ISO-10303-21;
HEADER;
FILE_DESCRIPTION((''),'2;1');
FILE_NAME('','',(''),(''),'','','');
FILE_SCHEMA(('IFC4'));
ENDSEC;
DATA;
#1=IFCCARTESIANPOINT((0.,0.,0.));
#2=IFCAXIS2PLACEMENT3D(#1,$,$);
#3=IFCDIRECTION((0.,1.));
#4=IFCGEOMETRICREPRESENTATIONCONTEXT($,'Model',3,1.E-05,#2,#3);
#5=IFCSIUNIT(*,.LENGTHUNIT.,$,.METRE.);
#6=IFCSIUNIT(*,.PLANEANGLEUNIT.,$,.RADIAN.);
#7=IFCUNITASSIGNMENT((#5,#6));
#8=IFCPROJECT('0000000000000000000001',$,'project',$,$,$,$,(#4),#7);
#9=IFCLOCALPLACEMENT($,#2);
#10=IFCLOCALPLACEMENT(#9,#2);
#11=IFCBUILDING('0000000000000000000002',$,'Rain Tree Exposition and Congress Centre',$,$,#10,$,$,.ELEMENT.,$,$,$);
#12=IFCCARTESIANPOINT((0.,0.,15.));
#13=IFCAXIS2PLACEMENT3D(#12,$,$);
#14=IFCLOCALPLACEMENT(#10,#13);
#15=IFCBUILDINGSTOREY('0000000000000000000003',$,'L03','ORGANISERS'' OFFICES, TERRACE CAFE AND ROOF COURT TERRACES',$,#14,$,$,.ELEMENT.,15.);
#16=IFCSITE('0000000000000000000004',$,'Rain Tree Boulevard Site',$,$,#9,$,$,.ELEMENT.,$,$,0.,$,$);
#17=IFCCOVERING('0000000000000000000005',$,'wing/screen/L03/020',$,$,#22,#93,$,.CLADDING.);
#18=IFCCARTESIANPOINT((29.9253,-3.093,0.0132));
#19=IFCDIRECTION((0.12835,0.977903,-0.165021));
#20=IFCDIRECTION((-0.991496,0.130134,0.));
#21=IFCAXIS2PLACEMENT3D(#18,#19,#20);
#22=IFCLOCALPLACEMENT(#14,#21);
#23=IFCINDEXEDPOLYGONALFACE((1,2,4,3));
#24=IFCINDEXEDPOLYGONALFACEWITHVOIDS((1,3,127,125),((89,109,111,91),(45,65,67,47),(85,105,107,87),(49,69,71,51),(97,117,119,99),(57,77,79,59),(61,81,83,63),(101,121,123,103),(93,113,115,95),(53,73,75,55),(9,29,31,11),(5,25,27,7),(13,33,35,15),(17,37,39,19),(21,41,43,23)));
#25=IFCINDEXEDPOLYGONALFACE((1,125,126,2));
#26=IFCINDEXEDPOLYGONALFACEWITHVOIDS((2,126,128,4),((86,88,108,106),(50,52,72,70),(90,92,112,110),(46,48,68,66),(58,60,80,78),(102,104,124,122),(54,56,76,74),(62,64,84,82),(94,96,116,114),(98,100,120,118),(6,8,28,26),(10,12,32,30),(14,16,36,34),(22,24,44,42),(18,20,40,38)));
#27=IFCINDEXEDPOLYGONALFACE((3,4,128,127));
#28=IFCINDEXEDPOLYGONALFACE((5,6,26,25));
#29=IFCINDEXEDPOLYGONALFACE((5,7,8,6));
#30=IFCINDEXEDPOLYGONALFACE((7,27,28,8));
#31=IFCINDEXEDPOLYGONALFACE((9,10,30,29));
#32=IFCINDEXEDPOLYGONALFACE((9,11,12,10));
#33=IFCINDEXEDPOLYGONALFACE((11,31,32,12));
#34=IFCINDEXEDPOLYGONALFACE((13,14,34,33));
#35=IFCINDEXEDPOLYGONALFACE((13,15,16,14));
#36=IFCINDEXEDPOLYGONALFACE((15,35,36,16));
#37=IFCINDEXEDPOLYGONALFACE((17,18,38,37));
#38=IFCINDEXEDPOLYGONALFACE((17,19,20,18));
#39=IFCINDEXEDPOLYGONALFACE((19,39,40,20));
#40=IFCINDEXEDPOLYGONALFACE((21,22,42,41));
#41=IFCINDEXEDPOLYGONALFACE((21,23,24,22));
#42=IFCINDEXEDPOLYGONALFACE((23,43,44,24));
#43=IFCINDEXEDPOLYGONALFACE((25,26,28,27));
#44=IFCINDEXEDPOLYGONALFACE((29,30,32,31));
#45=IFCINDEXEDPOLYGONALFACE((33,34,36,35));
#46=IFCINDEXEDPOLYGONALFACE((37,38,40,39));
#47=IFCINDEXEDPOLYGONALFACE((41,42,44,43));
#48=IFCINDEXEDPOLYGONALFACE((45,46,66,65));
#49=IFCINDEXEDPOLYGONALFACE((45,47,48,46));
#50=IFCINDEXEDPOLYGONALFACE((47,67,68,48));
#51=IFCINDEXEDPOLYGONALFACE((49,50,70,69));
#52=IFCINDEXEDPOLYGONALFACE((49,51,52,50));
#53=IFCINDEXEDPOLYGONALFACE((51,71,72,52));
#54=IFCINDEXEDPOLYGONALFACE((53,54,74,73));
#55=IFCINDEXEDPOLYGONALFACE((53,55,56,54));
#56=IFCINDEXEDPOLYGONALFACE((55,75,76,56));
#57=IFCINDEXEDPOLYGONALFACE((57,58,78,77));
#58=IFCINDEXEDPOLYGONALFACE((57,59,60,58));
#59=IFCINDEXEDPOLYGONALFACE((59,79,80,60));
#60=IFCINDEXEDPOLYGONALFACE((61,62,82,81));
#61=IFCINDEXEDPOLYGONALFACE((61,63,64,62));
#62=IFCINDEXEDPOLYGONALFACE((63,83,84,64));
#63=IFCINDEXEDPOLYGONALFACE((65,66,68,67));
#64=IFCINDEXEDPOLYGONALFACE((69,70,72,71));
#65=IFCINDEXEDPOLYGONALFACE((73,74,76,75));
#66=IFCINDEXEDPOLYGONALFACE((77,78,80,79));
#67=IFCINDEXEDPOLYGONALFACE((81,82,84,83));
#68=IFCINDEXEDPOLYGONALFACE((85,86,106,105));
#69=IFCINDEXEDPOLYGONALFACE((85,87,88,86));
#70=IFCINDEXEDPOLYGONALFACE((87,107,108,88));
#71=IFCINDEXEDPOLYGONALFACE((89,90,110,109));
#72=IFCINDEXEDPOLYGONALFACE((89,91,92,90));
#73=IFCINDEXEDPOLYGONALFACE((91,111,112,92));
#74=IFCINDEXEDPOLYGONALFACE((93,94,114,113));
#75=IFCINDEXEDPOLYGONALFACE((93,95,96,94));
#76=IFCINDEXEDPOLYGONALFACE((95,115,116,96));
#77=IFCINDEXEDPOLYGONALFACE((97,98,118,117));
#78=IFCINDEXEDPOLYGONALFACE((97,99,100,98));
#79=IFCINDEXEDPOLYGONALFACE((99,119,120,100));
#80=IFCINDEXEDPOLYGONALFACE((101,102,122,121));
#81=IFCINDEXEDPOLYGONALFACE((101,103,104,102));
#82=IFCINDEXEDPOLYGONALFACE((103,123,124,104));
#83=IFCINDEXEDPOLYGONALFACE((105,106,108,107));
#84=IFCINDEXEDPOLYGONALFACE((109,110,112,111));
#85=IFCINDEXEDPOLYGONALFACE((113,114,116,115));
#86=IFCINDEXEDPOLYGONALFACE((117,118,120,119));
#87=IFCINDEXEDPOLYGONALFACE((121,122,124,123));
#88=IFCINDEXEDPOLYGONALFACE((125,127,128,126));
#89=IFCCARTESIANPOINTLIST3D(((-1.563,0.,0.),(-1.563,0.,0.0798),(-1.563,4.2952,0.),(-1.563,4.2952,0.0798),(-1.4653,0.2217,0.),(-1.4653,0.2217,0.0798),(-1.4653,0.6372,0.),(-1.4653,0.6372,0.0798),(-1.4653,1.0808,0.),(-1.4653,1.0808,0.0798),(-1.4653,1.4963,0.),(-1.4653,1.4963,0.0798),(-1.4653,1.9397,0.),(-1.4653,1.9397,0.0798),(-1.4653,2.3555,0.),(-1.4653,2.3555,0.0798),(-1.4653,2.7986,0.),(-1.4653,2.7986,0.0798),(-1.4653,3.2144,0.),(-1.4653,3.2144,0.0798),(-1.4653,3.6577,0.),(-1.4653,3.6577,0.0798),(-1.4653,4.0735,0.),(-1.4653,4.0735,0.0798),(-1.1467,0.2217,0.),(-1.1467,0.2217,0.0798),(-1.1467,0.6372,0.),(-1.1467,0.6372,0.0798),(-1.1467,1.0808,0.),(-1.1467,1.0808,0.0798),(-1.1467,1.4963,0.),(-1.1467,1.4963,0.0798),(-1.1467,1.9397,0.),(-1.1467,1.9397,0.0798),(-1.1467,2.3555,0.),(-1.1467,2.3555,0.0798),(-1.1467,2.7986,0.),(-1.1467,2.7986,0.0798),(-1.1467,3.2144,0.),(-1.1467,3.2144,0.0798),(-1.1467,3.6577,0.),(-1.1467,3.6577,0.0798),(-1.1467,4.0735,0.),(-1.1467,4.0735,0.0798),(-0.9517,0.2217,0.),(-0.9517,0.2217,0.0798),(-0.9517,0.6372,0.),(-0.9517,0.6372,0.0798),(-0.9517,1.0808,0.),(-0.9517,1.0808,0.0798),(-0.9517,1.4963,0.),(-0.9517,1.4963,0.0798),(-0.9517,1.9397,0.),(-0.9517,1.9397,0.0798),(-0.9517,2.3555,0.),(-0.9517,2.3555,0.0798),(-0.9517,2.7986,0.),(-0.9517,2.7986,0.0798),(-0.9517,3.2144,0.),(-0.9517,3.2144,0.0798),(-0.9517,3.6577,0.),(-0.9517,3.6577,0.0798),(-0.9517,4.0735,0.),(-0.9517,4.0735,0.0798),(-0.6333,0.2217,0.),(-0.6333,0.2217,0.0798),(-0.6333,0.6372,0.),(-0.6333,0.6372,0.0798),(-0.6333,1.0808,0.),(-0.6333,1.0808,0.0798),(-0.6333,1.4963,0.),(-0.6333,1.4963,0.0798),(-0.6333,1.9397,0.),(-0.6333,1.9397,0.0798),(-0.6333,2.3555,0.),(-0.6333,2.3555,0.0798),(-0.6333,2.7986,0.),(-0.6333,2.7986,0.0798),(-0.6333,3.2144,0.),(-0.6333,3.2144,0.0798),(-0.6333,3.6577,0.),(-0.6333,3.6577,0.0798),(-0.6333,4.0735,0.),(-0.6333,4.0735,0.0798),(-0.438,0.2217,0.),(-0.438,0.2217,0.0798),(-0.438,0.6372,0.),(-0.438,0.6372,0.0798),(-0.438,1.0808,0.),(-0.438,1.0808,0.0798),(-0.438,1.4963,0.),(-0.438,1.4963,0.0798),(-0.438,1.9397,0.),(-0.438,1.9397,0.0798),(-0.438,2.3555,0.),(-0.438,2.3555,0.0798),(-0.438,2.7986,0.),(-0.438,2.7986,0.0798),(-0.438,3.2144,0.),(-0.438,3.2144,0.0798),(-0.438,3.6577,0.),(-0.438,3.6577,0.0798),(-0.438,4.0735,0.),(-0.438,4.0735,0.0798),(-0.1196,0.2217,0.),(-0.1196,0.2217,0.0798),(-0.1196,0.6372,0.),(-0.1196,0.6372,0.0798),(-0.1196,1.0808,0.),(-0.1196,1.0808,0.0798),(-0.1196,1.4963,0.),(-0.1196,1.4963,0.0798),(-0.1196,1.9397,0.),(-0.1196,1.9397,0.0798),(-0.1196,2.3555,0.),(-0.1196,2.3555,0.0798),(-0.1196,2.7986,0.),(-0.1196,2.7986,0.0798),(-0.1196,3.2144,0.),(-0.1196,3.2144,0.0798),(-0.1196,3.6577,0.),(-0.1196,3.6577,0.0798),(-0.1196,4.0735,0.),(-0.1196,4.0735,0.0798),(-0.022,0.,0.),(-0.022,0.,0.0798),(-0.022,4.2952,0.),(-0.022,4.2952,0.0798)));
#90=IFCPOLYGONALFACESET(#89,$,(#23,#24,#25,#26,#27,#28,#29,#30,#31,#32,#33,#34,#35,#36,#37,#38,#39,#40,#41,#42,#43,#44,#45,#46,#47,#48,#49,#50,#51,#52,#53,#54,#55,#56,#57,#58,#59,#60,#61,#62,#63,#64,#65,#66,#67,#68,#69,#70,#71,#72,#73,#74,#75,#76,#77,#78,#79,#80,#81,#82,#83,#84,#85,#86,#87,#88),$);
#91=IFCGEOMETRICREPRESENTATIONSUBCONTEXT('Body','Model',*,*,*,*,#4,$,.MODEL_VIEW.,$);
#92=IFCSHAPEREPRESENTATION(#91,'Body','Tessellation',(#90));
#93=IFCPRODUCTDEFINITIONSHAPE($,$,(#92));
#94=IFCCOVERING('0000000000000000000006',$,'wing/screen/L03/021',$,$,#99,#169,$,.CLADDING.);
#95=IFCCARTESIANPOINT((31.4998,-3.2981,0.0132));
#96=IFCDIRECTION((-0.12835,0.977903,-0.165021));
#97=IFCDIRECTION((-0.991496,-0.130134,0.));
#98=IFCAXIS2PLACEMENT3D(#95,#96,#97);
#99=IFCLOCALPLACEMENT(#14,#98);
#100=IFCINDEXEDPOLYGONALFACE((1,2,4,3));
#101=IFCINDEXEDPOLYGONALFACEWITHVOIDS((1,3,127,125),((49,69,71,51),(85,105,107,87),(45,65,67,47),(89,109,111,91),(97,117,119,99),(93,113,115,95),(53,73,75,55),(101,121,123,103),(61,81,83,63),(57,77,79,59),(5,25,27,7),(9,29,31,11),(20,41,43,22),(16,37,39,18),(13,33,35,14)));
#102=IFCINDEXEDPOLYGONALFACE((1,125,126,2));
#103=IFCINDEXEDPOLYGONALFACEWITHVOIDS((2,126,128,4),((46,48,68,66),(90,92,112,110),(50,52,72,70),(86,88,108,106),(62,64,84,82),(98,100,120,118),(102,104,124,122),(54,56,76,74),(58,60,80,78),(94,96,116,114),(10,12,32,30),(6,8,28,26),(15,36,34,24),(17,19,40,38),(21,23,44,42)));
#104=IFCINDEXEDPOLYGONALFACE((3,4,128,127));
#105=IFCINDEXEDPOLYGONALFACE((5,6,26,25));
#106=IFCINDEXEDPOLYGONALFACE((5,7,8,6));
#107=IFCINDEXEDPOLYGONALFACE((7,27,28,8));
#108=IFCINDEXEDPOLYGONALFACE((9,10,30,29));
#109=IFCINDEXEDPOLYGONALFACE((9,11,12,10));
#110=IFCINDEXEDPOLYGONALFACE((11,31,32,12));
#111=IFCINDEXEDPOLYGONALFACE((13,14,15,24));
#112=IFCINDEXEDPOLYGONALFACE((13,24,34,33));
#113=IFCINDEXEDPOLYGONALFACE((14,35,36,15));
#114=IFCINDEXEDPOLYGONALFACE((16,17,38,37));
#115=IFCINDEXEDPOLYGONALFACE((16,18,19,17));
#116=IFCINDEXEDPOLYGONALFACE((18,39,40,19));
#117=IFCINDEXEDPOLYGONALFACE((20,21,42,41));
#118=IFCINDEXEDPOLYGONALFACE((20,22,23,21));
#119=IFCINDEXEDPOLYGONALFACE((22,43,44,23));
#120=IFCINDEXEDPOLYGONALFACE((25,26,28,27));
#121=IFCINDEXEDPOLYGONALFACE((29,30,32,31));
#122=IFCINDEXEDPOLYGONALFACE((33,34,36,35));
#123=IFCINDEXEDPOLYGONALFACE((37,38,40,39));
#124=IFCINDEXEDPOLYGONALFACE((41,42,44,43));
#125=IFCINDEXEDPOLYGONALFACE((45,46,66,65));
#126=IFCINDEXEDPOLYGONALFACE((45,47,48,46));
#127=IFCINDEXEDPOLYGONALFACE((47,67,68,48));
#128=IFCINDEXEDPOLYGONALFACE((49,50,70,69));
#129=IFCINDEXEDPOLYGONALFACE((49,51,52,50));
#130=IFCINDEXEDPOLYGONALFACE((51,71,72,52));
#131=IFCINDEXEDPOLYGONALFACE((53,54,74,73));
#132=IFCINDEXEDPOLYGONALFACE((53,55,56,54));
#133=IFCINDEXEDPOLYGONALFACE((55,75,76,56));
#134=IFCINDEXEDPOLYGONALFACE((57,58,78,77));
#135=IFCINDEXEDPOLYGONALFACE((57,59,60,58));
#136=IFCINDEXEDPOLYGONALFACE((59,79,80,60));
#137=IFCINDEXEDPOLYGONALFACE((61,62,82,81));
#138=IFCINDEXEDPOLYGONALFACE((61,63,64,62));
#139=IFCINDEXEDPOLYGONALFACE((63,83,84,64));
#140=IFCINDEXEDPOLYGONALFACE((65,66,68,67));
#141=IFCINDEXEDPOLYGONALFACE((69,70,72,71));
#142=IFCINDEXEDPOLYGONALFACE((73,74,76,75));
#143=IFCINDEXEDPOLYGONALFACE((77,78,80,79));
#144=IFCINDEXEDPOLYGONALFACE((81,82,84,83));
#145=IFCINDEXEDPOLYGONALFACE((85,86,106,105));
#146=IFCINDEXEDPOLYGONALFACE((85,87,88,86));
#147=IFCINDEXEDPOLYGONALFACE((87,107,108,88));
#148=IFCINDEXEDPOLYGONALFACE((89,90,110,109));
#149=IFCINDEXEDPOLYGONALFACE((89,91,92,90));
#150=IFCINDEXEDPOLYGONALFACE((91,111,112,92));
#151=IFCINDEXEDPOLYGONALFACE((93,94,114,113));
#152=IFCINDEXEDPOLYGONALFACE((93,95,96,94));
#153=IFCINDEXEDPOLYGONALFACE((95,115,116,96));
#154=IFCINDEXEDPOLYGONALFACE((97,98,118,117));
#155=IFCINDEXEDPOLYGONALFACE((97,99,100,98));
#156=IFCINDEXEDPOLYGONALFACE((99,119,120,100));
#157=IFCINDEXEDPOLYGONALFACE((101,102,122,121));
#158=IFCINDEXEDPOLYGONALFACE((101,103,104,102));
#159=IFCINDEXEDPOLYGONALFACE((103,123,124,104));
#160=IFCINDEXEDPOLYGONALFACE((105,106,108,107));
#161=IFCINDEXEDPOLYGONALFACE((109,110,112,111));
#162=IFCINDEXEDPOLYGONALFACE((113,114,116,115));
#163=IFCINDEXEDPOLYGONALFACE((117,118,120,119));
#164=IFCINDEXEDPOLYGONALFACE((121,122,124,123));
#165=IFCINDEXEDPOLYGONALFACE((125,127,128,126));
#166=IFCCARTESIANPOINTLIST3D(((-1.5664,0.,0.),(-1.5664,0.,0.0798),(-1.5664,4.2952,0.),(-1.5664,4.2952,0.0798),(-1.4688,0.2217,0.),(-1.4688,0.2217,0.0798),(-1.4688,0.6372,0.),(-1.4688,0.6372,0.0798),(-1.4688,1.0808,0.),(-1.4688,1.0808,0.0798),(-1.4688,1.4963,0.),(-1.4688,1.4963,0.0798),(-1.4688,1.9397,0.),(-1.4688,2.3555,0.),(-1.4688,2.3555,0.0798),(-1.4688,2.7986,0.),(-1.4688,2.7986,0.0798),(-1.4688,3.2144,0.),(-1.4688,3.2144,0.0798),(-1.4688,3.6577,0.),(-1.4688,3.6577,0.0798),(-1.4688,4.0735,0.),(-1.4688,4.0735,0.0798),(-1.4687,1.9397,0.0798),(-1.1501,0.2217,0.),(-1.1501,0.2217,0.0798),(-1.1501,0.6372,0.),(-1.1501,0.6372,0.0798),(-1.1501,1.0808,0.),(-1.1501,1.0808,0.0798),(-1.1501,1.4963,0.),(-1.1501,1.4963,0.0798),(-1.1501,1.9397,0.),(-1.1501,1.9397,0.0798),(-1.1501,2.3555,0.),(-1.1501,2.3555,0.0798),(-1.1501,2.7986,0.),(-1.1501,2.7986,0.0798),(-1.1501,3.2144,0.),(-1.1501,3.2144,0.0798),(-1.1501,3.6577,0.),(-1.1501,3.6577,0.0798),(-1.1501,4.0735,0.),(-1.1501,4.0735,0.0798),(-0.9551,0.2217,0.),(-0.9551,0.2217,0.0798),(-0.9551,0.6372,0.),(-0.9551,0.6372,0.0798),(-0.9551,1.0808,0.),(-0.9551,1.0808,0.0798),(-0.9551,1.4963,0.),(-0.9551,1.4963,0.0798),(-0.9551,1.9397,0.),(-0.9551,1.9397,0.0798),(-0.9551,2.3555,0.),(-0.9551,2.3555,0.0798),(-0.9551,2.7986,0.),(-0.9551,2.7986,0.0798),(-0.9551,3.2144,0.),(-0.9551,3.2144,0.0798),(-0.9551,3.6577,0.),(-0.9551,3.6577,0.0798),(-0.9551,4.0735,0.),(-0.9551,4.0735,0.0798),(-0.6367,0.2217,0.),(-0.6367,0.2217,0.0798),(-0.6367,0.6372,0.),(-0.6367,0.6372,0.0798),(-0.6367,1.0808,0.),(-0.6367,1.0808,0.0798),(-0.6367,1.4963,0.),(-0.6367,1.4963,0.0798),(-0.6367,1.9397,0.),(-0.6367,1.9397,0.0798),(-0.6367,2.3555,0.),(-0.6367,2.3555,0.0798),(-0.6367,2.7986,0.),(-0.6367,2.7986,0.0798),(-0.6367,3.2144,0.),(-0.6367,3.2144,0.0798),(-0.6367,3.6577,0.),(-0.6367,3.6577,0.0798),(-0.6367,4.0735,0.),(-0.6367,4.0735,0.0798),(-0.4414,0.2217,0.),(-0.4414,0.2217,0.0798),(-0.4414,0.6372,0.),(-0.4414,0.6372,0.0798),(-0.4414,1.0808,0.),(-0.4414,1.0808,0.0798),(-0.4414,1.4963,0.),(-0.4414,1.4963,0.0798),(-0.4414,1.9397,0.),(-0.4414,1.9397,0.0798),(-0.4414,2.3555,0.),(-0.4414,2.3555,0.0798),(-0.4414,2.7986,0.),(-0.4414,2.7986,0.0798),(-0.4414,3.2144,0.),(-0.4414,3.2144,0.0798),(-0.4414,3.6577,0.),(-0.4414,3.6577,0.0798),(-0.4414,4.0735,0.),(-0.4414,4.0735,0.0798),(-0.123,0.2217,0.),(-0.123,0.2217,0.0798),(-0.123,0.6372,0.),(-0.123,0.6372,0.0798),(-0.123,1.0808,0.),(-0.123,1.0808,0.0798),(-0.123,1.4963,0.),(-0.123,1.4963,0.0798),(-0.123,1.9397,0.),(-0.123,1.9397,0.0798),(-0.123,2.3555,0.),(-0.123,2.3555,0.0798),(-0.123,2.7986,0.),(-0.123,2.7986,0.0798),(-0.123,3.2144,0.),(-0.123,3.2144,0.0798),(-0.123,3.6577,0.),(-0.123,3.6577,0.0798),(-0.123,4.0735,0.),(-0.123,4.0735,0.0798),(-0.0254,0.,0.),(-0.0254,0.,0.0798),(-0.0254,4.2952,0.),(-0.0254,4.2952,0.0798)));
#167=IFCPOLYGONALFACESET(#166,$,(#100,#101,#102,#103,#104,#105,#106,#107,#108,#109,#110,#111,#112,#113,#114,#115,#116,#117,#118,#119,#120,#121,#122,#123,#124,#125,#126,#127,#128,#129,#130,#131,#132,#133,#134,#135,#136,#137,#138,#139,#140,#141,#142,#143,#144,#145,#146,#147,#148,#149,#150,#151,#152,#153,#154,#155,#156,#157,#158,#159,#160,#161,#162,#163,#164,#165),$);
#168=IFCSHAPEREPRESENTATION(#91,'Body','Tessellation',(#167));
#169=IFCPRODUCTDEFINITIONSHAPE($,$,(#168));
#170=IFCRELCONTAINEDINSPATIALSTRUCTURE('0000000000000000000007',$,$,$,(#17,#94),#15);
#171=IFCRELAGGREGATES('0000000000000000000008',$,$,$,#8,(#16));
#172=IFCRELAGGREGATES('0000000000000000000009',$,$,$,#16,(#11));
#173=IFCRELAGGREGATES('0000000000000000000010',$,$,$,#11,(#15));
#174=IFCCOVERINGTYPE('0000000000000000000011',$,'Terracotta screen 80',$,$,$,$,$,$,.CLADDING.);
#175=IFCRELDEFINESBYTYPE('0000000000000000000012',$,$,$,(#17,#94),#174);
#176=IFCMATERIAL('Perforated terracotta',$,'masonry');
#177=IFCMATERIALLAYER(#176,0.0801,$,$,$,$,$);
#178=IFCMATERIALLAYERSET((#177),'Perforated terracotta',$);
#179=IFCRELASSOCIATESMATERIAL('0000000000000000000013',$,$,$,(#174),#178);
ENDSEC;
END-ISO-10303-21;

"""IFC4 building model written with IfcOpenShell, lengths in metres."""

from ifc_helpers import new_model, si_unit, direction, frame, origin, place, context, subcontext, project, spatial, polyline, outline, extrude, material, layer, layer_set, type_object, element, save


model = new_model("IFC4")

# Units and contexts
model_context = context("Model", 3, precision=1e-05, world=origin(), true_north=direction((0.0, 1.0)))
body_context = subcontext(model_context, "Body", "Model", "MODEL_VIEW")
ifc_project = project(units=[si_unit("LENGTHUNIT", "METRE"), si_unit("PLANEANGLEUNIT", "RADIAN")], contexts=[model_context])

# Site, building, storey
site_placement = place(None, origin())
site = spatial("IfcSite", under=ifc_project, at=site_placement, Name="Rain Tree Boulevard Site", CompositionType="ELEMENT", RefElevation=0.0)
building_placement = place(site_placement, origin())
building = spatial("IfcBuilding", under=site, at=building_placement, Name="Rain Tree Exposition and Congress Centre", CompositionType="ELEMENT")
storey_placement = place(building_placement, frame((0.0, 0.0, 15.0)))
storey = spatial("IfcBuildingStorey", under=building, at=storey_placement, Name="L03", Description="ORGANISERS' OFFICES, TERRACE CAFE AND ROOF COURT TERRACES", CompositionType="ELEMENT", Elevation=15.0)

# Coverings
ifc_material_1 = material(Name="Perforated terracotta", Category="masonry")
ifc_layer = layer(ifc_material_1, 0.0801)
ifc_layer_set = layer_set([ifc_layer], Name="Perforated terracotta")
covering_type = type_object("IfcCoveringType", Name="Terracotta screen 80", PredefinedType="CLADDING", material=ifc_layer_set)
covering_1_placement = place(storey_placement, frame((29.9253, -3.093, 0.0132), z_axis=(0.12835, 0.977903, -0.165021), x_axis=(-0.991496, 0.130134, 0.0)))
element("IfcCovering", 1, at=covering_1_placement, inside=storey, type_object=covering_type, Name="wing/screen/L03/020", PredefinedType="CLADDING", context=body_context, shape_type="SweptSolid", body=[
    extrude(outline(polyline([(-1.563, 0.0), (-1.563, 4.2952), (-0.022, 4.2952), (-0.022, 0.0), (-1.563, 0.0)]), holes=[polyline([(-0.1196, 0.2217), (-0.1196, 0.6372), (-0.438, 0.6372), (-0.438, 0.2217), (-0.1196, 0.2217)]), polyline([(-0.1196, 1.0808), (-0.1196, 1.4963), (-0.438, 1.4963), (-0.438, 1.0808), (-0.1196, 1.0808)]), polyline([(-0.1196, 1.9397), (-0.1196, 2.3555), (-0.438, 2.3555), (-0.438, 1.9397), (-0.1196, 1.9397)]), polyline([(-0.1196, 2.7986), (-0.1196, 3.2144), (-0.438, 3.2144), (-0.438, 2.7986), (-0.1196, 2.7986)]), polyline([(-0.1196, 3.6577), (-0.1196, 4.0735), (-0.438, 4.0735), (-0.438, 3.6577), (-0.1196, 3.6577)]), polyline([(-0.6333, 0.2217), (-0.6333, 0.6372), (-0.9517, 0.6372), (-0.9517, 0.2217), (-0.6333, 0.2217)]), polyline([(-0.6333, 1.0808), (-0.6333, 1.4963), (-0.9517, 1.4963), (-0.9517, 1.0808), (-0.6333, 1.0808)]), polyline([(-0.6333, 1.9397), (-0.6333, 2.3555), (-0.9517, 2.3555), (-0.9517, 1.9397), (-0.6333, 1.9397)]), polyline([(-0.6333, 2.7986), (-0.6333, 3.2144), (-0.9517, 3.2144), (-0.9517, 2.7986), (-0.6333, 2.7986)]), polyline([(-0.6333, 3.6577), (-0.6333, 4.0735), (-0.9517, 4.0735), (-0.9517, 3.6577), (-0.6333, 3.6577)]), polyline([(-1.1467, 0.2217), (-1.1467, 0.6372), (-1.4653, 0.6372), (-1.4653, 0.2217), (-1.1467, 0.2217)]), polyline([(-1.1467, 1.0808), (-1.1467, 1.4963), (-1.4653, 1.4963), (-1.4653, 1.0808), (-1.1467, 1.0808)]), polyline([(-1.1467, 1.9397), (-1.1467, 2.3555), (-1.4653, 2.3555), (-1.4653, 1.9397), (-1.1467, 1.9397)]), polyline([(-1.1467, 2.7986), (-1.1467, 3.2144), (-1.4653, 3.2144), (-1.4653, 2.7986), (-1.1467, 2.7986)]), polyline([(-1.1467, 3.6577), (-1.1467, 4.0735), (-1.4653, 4.0735), (-1.4653, 3.6577), (-1.1467, 3.6577)])]), origin(), (0.0, 0.0, 1.0), 0.0798),
])
covering_2_placement = place(storey_placement, frame((31.4998, -3.2981, 0.0132), z_axis=(-0.12835, 0.977903, -0.165021), x_axis=(-0.991496, -0.130134, 0.0)))
element("IfcCovering", 2, at=covering_2_placement, inside=storey, type_object=covering_type, Name="wing/screen/L03/021", PredefinedType="CLADDING", context=body_context, shape_type="SweptSolid", body=[
    extrude(outline(polyline([(-1.5664, 0.0), (-1.5664, 4.2952), (-0.0254, 4.2952), (-0.0254, 0.0), (-1.5664, 0.0)]), holes=[polyline([(-0.123, 0.2217), (-0.123, 0.6372), (-0.4414, 0.6372), (-0.4414, 0.2217), (-0.123, 0.2217)]), polyline([(-0.123, 1.0808), (-0.123, 1.4963), (-0.4414, 1.4963), (-0.4414, 1.0808), (-0.123, 1.0808)]), polyline([(-0.123, 1.9397), (-0.123, 2.3555), (-0.4414, 2.3555), (-0.4414, 1.9397), (-0.123, 1.9397)]), polyline([(-0.123, 2.7986), (-0.123, 3.2144), (-0.4414, 3.2144), (-0.4414, 2.7986), (-0.123, 2.7986)]), polyline([(-0.123, 3.6577), (-0.123, 4.0735), (-0.4414, 4.0735), (-0.4414, 3.6577), (-0.123, 3.6577)]), polyline([(-0.6367, 0.2217), (-0.6367, 0.6372), (-0.9551, 0.6372), (-0.9551, 0.2217), (-0.6367, 0.2217)]), polyline([(-0.6367, 1.0808), (-0.6367, 1.4963), (-0.9551, 1.4963), (-0.9551, 1.0808), (-0.6367, 1.0808)]), polyline([(-0.6367, 1.9397), (-0.6367, 2.3555), (-0.9551, 2.3555), (-0.9551, 1.9397), (-0.6367, 1.9397)]), polyline([(-0.6367, 2.7986), (-0.6367, 3.2144), (-0.9551, 3.2144), (-0.9551, 2.7986), (-0.6367, 2.7986)]), polyline([(-0.6367, 3.6577), (-0.6367, 4.0735), (-0.9551, 4.0735), (-0.9551, 3.6577), (-0.6367, 3.6577)]), polyline([(-1.1501, 0.2217), (-1.1501, 0.6372), (-1.4688, 0.6372), (-1.4688, 0.2217), (-1.1501, 0.2217)]), polyline([(-1.1501, 1.0808), (-1.1501, 1.4963), (-1.4688, 1.4963), (-1.4688, 1.0808), (-1.1501, 1.0808)]), polyline([(-1.1501, 1.9397), (-1.1501, 2.3555), (-1.4688, 2.3555), (-1.4688, 1.9397), (-1.1501, 1.9397)]), polyline([(-1.1501, 2.7986), (-1.1501, 3.2144), (-1.4688, 3.2144), (-1.4688, 2.7986), (-1.1501, 2.7986)]), polyline([(-1.1501, 3.6577), (-1.1501, 4.0735), (-1.4688, 4.0735), (-1.4688, 3.6577), (-1.1501, 3.6577)])]), origin(), (0.0, 0.0, 1.0), 0.0798),
])

save(model, "model.ifc")
